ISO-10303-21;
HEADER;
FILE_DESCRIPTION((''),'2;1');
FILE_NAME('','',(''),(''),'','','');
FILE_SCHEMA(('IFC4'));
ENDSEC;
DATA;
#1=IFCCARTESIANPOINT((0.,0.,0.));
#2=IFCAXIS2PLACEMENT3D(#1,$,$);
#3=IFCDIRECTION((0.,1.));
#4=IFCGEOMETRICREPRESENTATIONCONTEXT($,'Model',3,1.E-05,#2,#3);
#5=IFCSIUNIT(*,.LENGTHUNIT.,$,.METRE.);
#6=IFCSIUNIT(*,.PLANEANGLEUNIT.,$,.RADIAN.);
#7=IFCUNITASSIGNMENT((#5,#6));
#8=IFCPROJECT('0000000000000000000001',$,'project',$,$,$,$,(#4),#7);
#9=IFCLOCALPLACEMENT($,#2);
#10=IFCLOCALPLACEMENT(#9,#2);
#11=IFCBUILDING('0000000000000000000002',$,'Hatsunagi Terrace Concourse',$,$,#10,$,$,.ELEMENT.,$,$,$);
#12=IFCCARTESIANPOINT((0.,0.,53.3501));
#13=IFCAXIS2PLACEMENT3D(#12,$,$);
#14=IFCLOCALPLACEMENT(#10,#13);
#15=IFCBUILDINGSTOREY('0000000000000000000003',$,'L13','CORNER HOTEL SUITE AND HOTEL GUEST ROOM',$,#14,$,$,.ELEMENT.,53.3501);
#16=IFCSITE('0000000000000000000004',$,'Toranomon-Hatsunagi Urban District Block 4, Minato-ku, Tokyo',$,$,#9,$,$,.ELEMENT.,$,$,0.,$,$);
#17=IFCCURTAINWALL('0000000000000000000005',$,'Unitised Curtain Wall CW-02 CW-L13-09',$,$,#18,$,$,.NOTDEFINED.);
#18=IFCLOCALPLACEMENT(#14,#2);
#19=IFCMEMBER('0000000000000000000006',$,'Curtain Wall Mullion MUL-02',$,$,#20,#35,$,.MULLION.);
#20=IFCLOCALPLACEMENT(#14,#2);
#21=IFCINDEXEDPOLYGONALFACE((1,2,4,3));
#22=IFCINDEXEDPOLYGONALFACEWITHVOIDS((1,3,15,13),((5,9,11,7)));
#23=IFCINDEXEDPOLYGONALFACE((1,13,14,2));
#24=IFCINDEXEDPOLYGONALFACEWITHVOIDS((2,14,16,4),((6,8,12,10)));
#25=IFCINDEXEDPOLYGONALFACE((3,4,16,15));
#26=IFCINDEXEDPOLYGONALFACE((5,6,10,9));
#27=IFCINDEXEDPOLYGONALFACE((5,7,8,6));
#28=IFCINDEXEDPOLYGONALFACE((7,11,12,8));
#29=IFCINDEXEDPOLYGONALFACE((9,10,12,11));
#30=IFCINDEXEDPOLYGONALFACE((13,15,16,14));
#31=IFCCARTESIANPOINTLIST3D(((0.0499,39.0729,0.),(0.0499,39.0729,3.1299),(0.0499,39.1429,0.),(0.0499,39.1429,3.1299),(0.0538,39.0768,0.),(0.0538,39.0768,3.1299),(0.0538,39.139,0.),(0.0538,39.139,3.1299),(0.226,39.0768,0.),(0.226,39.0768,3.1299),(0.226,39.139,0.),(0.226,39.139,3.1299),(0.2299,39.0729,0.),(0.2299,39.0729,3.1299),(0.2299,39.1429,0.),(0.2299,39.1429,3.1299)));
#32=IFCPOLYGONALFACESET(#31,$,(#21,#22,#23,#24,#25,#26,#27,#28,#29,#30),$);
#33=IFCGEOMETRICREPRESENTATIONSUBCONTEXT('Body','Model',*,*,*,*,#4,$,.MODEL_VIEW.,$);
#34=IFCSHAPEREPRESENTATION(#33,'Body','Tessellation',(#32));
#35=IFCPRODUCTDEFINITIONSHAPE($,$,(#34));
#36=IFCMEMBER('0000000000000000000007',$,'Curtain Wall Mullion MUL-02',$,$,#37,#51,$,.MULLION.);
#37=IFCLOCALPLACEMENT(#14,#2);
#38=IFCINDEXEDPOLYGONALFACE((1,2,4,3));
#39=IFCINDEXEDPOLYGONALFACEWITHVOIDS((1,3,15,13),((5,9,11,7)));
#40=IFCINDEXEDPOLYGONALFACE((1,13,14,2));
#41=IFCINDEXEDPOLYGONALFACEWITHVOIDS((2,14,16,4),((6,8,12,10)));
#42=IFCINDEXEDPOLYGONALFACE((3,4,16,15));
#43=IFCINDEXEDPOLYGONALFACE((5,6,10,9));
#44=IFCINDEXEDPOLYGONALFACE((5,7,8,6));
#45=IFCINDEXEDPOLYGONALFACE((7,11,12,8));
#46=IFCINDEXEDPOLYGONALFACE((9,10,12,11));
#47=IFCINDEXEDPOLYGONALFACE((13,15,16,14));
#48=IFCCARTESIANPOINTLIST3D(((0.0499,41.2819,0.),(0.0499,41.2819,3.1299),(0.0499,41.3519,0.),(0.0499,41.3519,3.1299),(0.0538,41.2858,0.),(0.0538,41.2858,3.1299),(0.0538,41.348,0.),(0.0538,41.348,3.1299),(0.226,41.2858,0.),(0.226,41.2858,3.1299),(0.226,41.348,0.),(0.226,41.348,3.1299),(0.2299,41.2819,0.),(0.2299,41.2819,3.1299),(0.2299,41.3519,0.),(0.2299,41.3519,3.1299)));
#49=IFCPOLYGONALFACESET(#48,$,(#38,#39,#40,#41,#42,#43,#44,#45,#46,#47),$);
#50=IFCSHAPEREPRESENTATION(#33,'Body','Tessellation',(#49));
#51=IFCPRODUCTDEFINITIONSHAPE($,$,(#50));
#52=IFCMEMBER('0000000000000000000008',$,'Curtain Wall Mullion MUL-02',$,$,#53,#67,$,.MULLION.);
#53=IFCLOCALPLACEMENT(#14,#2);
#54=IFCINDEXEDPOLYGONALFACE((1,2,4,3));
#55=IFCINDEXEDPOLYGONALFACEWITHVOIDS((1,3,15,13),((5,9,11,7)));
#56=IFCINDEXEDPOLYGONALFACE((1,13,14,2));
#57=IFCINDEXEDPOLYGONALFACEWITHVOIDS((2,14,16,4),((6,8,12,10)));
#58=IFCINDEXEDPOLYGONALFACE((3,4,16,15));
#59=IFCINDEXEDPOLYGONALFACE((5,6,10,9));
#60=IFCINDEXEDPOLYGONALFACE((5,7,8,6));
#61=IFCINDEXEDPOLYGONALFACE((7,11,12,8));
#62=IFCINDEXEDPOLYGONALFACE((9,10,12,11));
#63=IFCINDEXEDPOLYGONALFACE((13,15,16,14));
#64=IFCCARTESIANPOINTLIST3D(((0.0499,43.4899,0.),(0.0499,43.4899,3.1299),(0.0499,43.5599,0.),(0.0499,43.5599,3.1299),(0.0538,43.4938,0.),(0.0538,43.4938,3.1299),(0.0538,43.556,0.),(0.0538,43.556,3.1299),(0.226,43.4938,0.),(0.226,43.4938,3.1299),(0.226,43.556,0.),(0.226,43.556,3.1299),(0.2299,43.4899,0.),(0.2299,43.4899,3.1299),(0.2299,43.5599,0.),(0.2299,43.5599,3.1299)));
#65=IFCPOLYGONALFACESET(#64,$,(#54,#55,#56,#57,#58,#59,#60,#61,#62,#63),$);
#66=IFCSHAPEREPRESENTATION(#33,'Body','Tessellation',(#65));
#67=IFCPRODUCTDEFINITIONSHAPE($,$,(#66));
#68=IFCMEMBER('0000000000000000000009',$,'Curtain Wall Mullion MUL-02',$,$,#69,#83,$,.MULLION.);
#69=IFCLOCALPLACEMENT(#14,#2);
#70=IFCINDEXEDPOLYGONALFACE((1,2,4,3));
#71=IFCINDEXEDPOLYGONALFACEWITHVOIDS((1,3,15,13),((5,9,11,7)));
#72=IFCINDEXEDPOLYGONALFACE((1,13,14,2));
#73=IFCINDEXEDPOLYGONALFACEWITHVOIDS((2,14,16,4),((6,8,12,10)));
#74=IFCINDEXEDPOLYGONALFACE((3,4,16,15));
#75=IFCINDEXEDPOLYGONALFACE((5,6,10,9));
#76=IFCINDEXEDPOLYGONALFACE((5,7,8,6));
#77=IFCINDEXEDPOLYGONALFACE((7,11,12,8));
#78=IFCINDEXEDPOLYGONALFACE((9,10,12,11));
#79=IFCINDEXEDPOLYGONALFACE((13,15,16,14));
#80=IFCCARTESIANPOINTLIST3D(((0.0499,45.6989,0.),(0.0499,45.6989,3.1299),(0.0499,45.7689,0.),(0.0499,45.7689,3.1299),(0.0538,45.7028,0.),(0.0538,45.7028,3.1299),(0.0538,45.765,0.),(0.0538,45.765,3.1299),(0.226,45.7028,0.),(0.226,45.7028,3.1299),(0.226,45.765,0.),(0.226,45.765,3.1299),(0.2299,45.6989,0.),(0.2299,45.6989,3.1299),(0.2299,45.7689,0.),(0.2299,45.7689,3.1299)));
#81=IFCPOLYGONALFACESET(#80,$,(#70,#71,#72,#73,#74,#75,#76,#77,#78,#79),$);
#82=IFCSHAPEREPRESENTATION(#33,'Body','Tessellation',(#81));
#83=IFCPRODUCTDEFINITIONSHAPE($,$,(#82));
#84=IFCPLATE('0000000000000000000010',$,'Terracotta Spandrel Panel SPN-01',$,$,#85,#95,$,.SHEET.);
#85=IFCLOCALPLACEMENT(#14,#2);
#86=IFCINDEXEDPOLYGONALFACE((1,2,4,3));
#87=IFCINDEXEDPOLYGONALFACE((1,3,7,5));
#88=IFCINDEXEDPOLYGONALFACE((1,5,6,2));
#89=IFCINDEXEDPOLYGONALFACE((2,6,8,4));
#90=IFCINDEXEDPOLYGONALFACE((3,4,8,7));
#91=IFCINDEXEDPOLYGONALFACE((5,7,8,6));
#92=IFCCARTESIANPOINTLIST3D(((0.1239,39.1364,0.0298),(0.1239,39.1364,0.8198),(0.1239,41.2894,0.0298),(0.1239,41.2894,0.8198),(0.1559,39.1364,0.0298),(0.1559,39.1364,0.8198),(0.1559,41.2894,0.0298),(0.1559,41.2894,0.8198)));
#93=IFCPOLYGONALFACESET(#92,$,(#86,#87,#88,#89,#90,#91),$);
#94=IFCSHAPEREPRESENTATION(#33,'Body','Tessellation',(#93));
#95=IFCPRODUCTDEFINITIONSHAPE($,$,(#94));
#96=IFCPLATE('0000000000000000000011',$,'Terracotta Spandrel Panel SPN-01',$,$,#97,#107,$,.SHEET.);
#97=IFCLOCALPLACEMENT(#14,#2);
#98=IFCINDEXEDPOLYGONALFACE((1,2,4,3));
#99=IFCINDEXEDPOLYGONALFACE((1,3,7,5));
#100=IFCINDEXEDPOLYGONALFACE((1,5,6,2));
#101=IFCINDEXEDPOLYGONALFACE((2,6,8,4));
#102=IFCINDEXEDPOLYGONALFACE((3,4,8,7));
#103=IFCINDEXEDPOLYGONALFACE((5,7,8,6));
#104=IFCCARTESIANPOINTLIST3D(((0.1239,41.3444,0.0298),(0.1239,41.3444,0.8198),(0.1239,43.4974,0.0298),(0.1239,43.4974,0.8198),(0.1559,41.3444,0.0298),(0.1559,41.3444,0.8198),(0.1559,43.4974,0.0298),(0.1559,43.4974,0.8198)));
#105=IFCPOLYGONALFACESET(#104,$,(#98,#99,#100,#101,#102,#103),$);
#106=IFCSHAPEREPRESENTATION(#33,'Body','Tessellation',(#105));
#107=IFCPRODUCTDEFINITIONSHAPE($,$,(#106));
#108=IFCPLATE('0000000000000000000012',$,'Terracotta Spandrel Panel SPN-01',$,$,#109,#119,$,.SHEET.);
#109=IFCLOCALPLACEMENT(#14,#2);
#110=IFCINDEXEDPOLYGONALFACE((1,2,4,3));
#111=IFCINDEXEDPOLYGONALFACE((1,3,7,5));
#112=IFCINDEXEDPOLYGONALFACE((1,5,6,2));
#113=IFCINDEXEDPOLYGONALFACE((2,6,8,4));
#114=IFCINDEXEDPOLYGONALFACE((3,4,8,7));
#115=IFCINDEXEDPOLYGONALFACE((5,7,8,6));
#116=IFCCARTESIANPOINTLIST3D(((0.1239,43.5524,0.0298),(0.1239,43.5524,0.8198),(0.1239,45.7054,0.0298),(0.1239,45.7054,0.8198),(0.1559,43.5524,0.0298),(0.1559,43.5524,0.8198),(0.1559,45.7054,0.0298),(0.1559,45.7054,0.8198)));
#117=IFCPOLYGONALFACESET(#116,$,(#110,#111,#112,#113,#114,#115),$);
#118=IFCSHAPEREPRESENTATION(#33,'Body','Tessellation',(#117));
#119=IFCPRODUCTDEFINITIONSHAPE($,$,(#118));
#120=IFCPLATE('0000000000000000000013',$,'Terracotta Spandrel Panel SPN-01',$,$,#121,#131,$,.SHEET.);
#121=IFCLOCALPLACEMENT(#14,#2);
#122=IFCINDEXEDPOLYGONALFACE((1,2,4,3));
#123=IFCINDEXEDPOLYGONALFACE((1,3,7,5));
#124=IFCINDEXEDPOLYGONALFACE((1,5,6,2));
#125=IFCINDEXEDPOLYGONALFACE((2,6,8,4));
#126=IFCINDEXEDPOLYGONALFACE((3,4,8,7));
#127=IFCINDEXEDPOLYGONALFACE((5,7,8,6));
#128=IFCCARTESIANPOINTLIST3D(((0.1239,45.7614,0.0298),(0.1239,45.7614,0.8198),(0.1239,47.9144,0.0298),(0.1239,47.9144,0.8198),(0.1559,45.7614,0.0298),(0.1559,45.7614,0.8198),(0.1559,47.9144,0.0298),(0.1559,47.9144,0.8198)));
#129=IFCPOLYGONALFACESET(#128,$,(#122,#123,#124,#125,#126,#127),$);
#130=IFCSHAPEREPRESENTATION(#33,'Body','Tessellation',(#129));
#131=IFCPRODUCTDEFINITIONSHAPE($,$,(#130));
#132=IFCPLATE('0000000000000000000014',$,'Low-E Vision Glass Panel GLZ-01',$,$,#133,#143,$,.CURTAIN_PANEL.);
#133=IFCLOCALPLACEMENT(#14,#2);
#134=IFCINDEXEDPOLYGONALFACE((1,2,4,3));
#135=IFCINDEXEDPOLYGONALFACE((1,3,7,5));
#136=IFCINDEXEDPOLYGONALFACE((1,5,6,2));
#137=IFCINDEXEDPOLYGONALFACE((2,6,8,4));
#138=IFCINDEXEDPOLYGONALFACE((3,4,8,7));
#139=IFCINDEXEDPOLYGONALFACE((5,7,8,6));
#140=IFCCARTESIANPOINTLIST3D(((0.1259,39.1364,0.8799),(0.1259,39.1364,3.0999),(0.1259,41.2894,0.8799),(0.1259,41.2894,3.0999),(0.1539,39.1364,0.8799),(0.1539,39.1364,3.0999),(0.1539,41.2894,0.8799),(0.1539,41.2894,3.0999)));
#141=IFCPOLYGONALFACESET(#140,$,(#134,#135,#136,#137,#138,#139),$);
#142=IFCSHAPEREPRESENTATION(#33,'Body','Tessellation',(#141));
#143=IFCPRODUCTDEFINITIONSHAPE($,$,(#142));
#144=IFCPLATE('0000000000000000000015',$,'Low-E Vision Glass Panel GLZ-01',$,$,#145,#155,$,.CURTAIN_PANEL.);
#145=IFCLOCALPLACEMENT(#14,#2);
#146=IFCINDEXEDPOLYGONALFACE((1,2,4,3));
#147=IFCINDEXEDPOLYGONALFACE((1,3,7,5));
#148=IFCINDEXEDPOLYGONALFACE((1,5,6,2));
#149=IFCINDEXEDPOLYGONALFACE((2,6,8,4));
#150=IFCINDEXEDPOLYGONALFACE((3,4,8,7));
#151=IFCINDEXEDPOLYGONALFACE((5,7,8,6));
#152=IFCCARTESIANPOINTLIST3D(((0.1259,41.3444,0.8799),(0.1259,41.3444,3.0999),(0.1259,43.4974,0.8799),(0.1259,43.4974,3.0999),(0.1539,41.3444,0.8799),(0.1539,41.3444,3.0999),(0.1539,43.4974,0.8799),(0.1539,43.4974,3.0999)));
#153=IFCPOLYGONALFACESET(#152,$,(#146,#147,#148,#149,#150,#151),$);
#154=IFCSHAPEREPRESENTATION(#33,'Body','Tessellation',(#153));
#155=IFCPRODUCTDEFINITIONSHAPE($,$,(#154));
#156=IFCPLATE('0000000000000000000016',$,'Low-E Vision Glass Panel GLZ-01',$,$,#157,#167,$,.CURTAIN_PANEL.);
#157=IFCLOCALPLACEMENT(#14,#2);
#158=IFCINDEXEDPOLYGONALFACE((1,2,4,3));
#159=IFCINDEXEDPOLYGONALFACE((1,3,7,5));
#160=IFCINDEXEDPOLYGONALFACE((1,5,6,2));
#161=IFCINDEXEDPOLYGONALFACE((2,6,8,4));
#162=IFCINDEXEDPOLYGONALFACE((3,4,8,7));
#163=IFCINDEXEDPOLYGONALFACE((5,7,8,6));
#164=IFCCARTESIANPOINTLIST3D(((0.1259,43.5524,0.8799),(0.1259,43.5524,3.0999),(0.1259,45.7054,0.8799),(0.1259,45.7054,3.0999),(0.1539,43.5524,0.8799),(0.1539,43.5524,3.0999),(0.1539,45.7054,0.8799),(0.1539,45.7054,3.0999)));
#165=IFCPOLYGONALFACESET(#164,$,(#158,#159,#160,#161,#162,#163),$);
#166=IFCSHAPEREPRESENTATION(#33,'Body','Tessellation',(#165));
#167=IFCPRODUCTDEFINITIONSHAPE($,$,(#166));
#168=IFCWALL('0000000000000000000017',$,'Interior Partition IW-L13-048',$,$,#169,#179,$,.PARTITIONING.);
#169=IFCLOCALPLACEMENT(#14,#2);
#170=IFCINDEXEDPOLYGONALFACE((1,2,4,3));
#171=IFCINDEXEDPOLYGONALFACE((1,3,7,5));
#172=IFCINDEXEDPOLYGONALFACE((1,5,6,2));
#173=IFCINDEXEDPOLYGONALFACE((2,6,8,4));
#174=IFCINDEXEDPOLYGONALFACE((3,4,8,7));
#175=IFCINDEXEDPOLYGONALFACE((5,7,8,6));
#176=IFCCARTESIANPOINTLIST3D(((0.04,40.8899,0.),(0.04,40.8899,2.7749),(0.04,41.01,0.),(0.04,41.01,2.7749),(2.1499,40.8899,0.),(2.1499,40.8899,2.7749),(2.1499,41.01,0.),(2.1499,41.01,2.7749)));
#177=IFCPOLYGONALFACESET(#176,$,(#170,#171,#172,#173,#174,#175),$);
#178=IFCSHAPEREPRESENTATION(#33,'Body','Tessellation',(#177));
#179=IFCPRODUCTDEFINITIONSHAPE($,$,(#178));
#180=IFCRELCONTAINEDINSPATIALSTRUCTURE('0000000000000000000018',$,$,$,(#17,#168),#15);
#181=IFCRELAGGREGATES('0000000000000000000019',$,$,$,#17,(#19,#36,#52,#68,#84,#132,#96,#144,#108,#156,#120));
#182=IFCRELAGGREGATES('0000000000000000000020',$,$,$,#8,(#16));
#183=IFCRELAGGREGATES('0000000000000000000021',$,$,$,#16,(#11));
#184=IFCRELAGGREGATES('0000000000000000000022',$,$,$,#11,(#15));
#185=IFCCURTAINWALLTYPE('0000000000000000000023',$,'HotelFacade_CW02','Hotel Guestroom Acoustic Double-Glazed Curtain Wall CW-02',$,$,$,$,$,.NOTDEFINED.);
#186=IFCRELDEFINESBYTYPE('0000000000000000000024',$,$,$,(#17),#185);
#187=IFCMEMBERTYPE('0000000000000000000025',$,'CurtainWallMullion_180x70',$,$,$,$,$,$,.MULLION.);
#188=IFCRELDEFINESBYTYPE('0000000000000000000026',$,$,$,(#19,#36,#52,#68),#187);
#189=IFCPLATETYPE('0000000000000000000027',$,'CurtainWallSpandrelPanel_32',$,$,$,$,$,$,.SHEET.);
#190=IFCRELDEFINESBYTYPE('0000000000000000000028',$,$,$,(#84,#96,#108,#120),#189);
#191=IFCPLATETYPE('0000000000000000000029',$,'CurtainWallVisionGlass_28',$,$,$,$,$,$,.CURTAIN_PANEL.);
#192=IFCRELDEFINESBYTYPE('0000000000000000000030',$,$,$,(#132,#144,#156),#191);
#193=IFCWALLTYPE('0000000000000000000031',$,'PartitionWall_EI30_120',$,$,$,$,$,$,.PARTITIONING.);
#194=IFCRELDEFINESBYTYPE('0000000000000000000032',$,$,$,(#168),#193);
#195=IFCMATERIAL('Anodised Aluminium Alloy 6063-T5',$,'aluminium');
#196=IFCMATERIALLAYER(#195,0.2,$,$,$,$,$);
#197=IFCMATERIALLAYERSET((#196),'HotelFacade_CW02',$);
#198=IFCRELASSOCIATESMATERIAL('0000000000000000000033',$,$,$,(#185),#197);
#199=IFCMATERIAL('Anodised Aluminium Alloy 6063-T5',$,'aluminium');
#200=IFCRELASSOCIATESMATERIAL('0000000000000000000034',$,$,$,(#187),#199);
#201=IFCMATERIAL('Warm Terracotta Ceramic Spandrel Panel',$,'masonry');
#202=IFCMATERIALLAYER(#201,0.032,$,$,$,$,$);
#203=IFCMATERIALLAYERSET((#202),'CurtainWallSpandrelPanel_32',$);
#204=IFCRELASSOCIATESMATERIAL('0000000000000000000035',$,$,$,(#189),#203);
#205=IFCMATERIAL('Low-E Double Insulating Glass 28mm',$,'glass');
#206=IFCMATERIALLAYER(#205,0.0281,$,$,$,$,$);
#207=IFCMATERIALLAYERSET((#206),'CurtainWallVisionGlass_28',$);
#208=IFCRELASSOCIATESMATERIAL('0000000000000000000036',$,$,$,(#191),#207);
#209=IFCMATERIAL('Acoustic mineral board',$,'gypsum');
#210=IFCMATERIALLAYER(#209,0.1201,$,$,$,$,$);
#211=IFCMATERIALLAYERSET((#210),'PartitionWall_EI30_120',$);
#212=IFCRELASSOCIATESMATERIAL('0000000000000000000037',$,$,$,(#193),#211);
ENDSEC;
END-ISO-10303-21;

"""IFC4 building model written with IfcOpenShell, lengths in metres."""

from ifc_helpers import new_model, si_unit, direction, frame, frame_2d, origin, origin_2d, place, context, subcontext, project, spatial, rectangle, hollow_rectangle, extrude, material, layer, layer_set, material_profile, profile_set, type_object, element, aggregate, save


model = new_model("IFC4")

# Units and contexts
model_context = context("Model", 3, precision=1e-05, world=origin(), true_north=direction((0.0, 1.0)))
body_context = subcontext(model_context, "Body", "Model", "MODEL_VIEW")
ifc_project = project(units=[si_unit("LENGTHUNIT", "METRE"), si_unit("PLANEANGLEUNIT", "RADIAN")], contexts=[model_context])

# Site, building, storey
site_placement = place(None, origin())
site = spatial("IfcSite", under=ifc_project, at=site_placement, Name="Toranomon-Hatsunagi Urban District Block 4, Minato-ku, Tokyo", CompositionType="ELEMENT", RefElevation=0.0)
building_placement = place(site_placement, origin())
building = spatial("IfcBuilding", under=site, at=building_placement, Name="Hatsunagi Terrace Concourse", CompositionType="ELEMENT")
storey_placement = place(building_placement, frame((0.0, 0.0, 53.3501)))
storey = spatial("IfcBuildingStorey", under=building, at=storey_placement, Name="L13", Description="CORNER HOTEL SUITE AND HOTEL GUEST ROOM", CompositionType="ELEMENT", Elevation=53.3501)

# Curtain wall, members, plates
ifc_material_1 = material(Name="Anodised Aluminium Alloy 6063-T5", Category="aluminium")
ifc_layer_1 = layer(ifc_material_1, 0.2)
ifc_layer_set_1 = layer_set([ifc_layer_1], Name="HotelFacade_CW02")
curtain_wall_type = type_object("IfcCurtainWallType", Name="HotelFacade_CW02", Description="Hotel Guestroom Acoustic Double-Glazed Curtain Wall CW-02", PredefinedType="NOTDEFINED", material=ifc_layer_set_1)
curtain_wall_placement = place(storey_placement, origin())
curtain_wall = element("IfcCurtainWall", 1, at=curtain_wall_placement, inside=storey, type_object=curtain_wall_type, Name="Unitised Curtain Wall CW-02 CW-L13-09", PredefinedType="NOTDEFINED")
ifc_material_2 = material(Name="Anodised Aluminium Alloy 6063-T5", Category="aluminium")
ifc_material_profile = material_profile(ifc_material_2, hollow_rectangle(XDim=0.0701, YDim=0.1799, WallThickness=0.0039, at=origin_2d()), Name="ALU-MUL-180x70x4")
ifc_profile_set = profile_set([ifc_material_profile], Name="Anodised Aluminium Alloy 6063-T5")
member_type = type_object("IfcMemberType", Name="CurtainWallMullion_180x70", PredefinedType="MULLION", material=ifc_profile_set)
member_1_placement = place(storey_placement, frame((0.1399, 39.1079, 0.0), z_axis=(0.0, 0.0, 1.0), x_axis=(0.0, 1.0, 0.0)))
member_1 = element("IfcMember", 2, at=member_1_placement, type_object=member_type, Name="Curtain Wall Mullion MUL-02", PredefinedType="MULLION", context=body_context, shape_type="SweptSolid", body=[
    extrude(hollow_rectangle(XDim=0.0701, YDim=0.1799, WallThickness=0.0039, at=origin_2d()), origin(), (0.0, 0.0, 1.0), 3.1299),
])
member_2_placement = place(storey_placement, frame((0.1399, 41.3169, 0.0), z_axis=(0.0, 0.0, 1.0), x_axis=(0.0, 1.0, 0.0)))
member_2 = element("IfcMember", 3, at=member_2_placement, type_object=member_type, Name="Curtain Wall Mullion MUL-02", PredefinedType="MULLION", context=body_context, shape_type="SweptSolid", body=[
    extrude(hollow_rectangle(XDim=0.0701, YDim=0.1799, WallThickness=0.0039, at=origin_2d()), origin(), (0.0, 0.0, 1.0), 3.1299),
])
member_3_placement = place(storey_placement, frame((0.1399, 43.5249, 0.0), z_axis=(0.0, 0.0, 1.0), x_axis=(0.0, 1.0, 0.0)))
member_3 = element("IfcMember", 4, at=member_3_placement, type_object=member_type, Name="Curtain Wall Mullion MUL-02", PredefinedType="MULLION", context=body_context, shape_type="SweptSolid", body=[
    extrude(hollow_rectangle(XDim=0.0701, YDim=0.1799, WallThickness=0.0039, at=origin_2d()), origin(), (0.0, 0.0, 1.0), 3.1299),
])
member_4_placement = place(storey_placement, frame((0.1399, 45.7339, 0.0), z_axis=(0.0, 0.0, 1.0), x_axis=(0.0, 1.0, 0.0)))
member_4 = element("IfcMember", 5, at=member_4_placement, type_object=member_type, Name="Curtain Wall Mullion MUL-02", PredefinedType="MULLION", context=body_context, shape_type="SweptSolid", body=[
    extrude(hollow_rectangle(XDim=0.0701, YDim=0.1799, WallThickness=0.0039, at=origin_2d()), origin(), (0.0, 0.0, 1.0), 3.1299),
])
ifc_material_3 = material(Name="Warm Terracotta Ceramic Spandrel Panel", Category="masonry")
ifc_layer_2 = layer(ifc_material_3, 0.032)
ifc_layer_set_2 = layer_set([ifc_layer_2], Name="CurtainWallSpandrelPanel_32")
plate_type_1 = type_object("IfcPlateType", Name="CurtainWallSpandrelPanel_32", PredefinedType="SHEET", material=ifc_layer_set_2)
plate_1_placement = place(storey_placement, frame((0.1399, 40.2129, 0.0298), z_axis=(0.0, 0.0, 1.0), x_axis=(0.0, 1.0, 0.0)))
plate_1 = element("IfcPlate", 6, at=plate_1_placement, type_object=plate_type_1, Name="Terracotta Spandrel Panel SPN-01", PredefinedType="SHEET", context=body_context, shape_type="SweptSolid", body=[
    extrude(rectangle(XDim=2.1531, YDim=0.032, at=origin_2d()), origin(), (0.0, 0.0, 1.0), 0.79),
])
plate_2_placement = place(storey_placement, frame((0.1399, 42.4209, 0.0298), z_axis=(0.0, 0.0, 1.0), x_axis=(0.0, 1.0, 0.0)))
plate_2 = element("IfcPlate", 7, at=plate_2_placement, type_object=plate_type_1, Name="Terracotta Spandrel Panel SPN-01", PredefinedType="SHEET", context=body_context, shape_type="SweptSolid", body=[
    extrude(rectangle(XDim=2.1531, YDim=0.032, at=origin_2d()), origin(), (0.0, 0.0, 1.0), 0.79),
])
plate_3_placement = place(storey_placement, frame((0.1399, 44.6289, 0.0298), z_axis=(0.0, 0.0, 1.0), x_axis=(0.0, 1.0, 0.0)))
plate_3 = element("IfcPlate", 8, at=plate_3_placement, type_object=plate_type_1, Name="Terracotta Spandrel Panel SPN-01", PredefinedType="SHEET", context=body_context, shape_type="SweptSolid", body=[
    extrude(rectangle(XDim=2.1531, YDim=0.032, at=origin_2d()), origin(), (0.0, 0.0, 1.0), 0.79),
])
plate_4_placement = place(storey_placement, frame((0.1399, 46.8379, 0.0298), z_axis=(0.0, 0.0, 1.0), x_axis=(0.0, 1.0, 0.0)))
plate_4 = element("IfcPlate", 9, at=plate_4_placement, type_object=plate_type_1, Name="Terracotta Spandrel Panel SPN-01", PredefinedType="SHEET", context=body_context, shape_type="SweptSolid", body=[
    extrude(rectangle(XDim=2.1531, YDim=0.032, at=origin_2d()), origin(), (0.0, 0.0, 1.0), 0.79),
])
ifc_material_4 = material(Name="Low-E Double Insulating Glass 28mm", Category="glass")
ifc_layer_3 = layer(ifc_material_4, 0.0281)
ifc_layer_set_3 = layer_set([ifc_layer_3], Name="CurtainWallVisionGlass_28")
plate_type_2 = type_object("IfcPlateType", Name="CurtainWallVisionGlass_28", PredefinedType="CURTAIN_PANEL", material=ifc_layer_set_3)
plate_5_placement = place(storey_placement, frame((0.1399, 40.2129, 0.8799), z_axis=(0.0, 0.0, 1.0), x_axis=(0.0, 1.0, 0.0)))
plate_5 = element("IfcPlate", 10, at=plate_5_placement, type_object=plate_type_2, Name="Low-E Vision Glass Panel GLZ-01", PredefinedType="CURTAIN_PANEL", context=body_context, shape_type="SweptSolid", body=[
    extrude(rectangle(XDim=2.1531, YDim=0.0281, at=origin_2d()), origin(), (0.0, 0.0, 1.0), 2.22),
])
plate_6_placement = place(storey_placement, frame((0.1399, 42.4209, 0.8799), z_axis=(0.0, 0.0, 1.0), x_axis=(0.0, 1.0, 0.0)))
plate_6 = element("IfcPlate", 11, at=plate_6_placement, type_object=plate_type_2, Name="Low-E Vision Glass Panel GLZ-01", PredefinedType="CURTAIN_PANEL", context=body_context, shape_type="SweptSolid", body=[
    extrude(rectangle(XDim=2.1531, YDim=0.0281, at=origin_2d()), origin(), (0.0, 0.0, 1.0), 2.22),
])
plate_7_placement = place(storey_placement, frame((0.1399, 44.6289, 0.8799), z_axis=(0.0, 0.0, 1.0), x_axis=(0.0, 1.0, 0.0)))
plate_7 = element("IfcPlate", 12, at=plate_7_placement, type_object=plate_type_2, Name="Low-E Vision Glass Panel GLZ-01", PredefinedType="CURTAIN_PANEL", context=body_context, shape_type="SweptSolid", body=[
    extrude(rectangle(XDim=2.1531, YDim=0.0281, at=origin_2d()), origin(), (0.0, 0.0, 1.0), 2.22),
])
aggregate(curtain_wall, [member_1, member_2, member_3, member_4, plate_1, plate_5, plate_2, plate_6, plate_3, plate_7, plate_4])

# Wall
ifc_material_5 = material(Name="Acoustic mineral board", Category="gypsum")
ifc_layer_4 = layer(ifc_material_5, 0.1201)
ifc_layer_set_4 = layer_set([ifc_layer_4], Name="PartitionWall_EI30_120")
wall_type = type_object("IfcWallType", Name="PartitionWall_EI30_120", PredefinedType="PARTITIONING", material=ifc_layer_set_4)
wall_placement = place(storey_placement, frame((0.04, 40.95, 0.0), z_axis=(0.0, 0.0, 1.0), x_axis=(1.0, 0.0, 0.0)))
element("IfcWall", 13, at=wall_placement, inside=storey, type_object=wall_type, Name="Interior Partition IW-L13-048", PredefinedType="PARTITIONING", context=body_context, shape_type="SweptSolid", body=[
    extrude(rectangle(XDim=2.1099, YDim=0.1201, at=frame_2d((1.0549, 0.0))), origin(), (0.0, 0.0, 1.0), 2.7749),
])

save(model, "model.ifc")
